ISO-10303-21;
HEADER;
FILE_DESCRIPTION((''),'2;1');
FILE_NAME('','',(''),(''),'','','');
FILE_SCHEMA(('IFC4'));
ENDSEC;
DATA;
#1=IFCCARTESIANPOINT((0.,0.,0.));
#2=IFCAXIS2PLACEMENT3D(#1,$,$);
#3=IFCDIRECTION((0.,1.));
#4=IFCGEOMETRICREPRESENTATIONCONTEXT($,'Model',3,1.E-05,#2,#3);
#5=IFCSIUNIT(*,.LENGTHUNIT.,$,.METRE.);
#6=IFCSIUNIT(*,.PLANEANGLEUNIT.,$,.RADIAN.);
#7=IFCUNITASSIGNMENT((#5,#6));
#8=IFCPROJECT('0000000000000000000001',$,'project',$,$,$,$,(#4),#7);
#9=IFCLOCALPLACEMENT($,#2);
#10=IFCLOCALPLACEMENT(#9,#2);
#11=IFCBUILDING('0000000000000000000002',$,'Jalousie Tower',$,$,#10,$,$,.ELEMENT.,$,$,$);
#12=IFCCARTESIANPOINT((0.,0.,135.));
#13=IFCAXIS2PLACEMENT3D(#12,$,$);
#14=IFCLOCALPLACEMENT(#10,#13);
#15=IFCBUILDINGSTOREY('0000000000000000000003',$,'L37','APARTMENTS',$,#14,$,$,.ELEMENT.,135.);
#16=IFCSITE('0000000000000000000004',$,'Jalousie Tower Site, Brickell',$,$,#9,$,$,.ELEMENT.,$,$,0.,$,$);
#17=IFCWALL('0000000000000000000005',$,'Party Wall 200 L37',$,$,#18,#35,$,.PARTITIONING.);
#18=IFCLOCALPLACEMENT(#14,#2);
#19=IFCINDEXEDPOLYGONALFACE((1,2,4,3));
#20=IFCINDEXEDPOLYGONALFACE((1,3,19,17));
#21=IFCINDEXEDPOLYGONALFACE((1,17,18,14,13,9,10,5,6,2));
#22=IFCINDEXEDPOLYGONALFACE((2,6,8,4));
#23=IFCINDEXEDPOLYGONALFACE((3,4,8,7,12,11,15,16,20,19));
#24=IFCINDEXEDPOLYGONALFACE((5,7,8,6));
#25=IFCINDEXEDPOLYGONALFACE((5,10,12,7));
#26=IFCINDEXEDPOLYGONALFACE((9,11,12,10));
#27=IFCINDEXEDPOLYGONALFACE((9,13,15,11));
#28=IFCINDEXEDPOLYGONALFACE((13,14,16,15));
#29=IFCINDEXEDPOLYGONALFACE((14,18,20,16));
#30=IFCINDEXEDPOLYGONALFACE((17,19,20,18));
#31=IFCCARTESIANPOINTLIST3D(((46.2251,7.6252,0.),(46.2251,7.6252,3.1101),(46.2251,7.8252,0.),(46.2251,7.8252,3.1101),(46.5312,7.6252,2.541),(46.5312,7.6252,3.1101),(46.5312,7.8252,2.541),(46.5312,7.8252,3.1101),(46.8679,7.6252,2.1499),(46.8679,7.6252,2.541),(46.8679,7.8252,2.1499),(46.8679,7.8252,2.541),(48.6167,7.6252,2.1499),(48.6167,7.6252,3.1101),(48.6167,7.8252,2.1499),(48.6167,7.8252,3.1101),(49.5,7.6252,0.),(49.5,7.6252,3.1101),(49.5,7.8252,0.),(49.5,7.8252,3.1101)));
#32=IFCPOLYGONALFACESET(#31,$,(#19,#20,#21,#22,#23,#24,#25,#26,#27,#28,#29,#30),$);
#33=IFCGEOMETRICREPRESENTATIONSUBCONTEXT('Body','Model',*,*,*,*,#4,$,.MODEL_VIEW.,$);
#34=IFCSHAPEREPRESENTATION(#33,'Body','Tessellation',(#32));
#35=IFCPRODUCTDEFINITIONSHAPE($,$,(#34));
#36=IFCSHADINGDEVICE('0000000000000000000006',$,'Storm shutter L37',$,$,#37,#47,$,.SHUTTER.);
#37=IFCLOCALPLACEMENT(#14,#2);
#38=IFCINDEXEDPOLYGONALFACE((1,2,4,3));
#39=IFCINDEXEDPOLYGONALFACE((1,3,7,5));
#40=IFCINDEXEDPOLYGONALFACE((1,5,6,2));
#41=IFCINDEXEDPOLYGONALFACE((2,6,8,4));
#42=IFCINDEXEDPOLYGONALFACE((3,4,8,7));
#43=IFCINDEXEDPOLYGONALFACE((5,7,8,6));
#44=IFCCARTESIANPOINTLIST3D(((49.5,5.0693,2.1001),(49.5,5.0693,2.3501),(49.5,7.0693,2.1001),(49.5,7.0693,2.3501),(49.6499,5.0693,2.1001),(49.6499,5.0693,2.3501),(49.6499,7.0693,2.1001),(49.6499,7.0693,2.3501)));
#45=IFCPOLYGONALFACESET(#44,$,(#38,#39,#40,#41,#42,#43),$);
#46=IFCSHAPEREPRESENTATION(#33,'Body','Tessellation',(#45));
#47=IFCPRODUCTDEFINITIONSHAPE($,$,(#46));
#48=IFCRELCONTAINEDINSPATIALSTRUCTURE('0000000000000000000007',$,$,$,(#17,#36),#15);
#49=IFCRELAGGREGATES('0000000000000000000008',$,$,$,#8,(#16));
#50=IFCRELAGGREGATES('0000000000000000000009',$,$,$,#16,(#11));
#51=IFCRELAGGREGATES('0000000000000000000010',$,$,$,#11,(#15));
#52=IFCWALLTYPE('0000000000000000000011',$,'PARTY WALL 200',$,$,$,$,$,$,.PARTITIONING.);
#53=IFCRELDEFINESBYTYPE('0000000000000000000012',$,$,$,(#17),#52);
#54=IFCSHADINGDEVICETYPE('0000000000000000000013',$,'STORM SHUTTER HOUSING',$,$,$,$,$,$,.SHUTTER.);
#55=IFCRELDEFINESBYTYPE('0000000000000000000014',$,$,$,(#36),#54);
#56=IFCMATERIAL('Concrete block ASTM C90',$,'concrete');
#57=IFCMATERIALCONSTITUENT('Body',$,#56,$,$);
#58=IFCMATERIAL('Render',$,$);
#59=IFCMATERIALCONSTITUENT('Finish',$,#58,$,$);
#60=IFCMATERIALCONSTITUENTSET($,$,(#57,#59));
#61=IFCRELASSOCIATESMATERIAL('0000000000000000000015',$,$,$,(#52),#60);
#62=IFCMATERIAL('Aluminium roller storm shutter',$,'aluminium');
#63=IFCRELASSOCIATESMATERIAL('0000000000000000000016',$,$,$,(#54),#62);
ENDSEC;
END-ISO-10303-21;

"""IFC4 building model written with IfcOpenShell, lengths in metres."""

from ifc_helpers import new_model, si_unit, direction, frame, origin, origin_2d, place, context, subcontext, project, spatial, polyline, rectangle, outline, extrude, material, constituent, constituent_set, type_object, element, save


model = new_model("IFC4")

# Units and contexts
model_context = context("Model", 3, precision=1e-05, world=origin(), true_north=direction((0.0, 1.0)))
body_context = subcontext(model_context, "Body", "Model", "MODEL_VIEW")
ifc_project = project(units=[si_unit("LENGTHUNIT", "METRE"), si_unit("PLANEANGLEUNIT", "RADIAN")], contexts=[model_context])

# Site, building, storey
site_placement = place(None, origin())
site = spatial("IfcSite", under=ifc_project, at=site_placement, Name="Jalousie Tower Site, Brickell", CompositionType="ELEMENT", RefElevation=0.0)
building_placement = place(site_placement, origin())
building = spatial("IfcBuilding", under=site, at=building_placement, Name="Jalousie Tower", CompositionType="ELEMENT")
storey_placement = place(building_placement, frame((0.0, 0.0, 135.0)))
storey = spatial("IfcBuildingStorey", under=building, at=storey_placement, Name="L37", Description="APARTMENTS", CompositionType="ELEMENT", Elevation=135.0)

# Wall
ifc_material_1 = material(Name="Concrete block ASTM C90", Category="concrete")
ifc_constituent_1 = constituent(ifc_material_1, Name="Body")
ifc_material_2 = material(Name="Render")
ifc_constituent_2 = constituent(ifc_material_2, Name="Finish")
ifc_constituent_set_1 = constituent_set(constituents=[ifc_constituent_1, ifc_constituent_2])
wall_type_1 = type_object("IfcWallType", Name="PARTY WALL 200", PredefinedType="PARTITIONING", material=ifc_constituent_set_1)
wall_1_placement = place(storey_placement, frame((46.2251, 7.7251, 0.0), z_axis=(0.0, 0.0, 1.0), x_axis=(1.0, 0.0, 0.0)))
element("IfcWall", 1, at=wall_1_placement, inside=storey, type_object=wall_type_1, Name="Party Wall 200 L37", PredefinedType="PARTITIONING", context=body_context, shape_type="SweptSolid", body=[
    extrude(outline(polyline([(0.0, 0.0), (3.2749, 0.0), (3.2749, 3.1101), (2.3916, 3.1101), (2.3916, 2.1499), (0.6428, 2.1499), (0.6428, 2.541), (0.3062, 2.541), (0.3062, 3.1101), (0.0, 3.1101), (0.0, 0.0)])), frame((0.0, 0.1001, 0.0), z_axis=(0.0, -1.0, 0.0), x_axis=(1.0, 0.0, 0.0)), (0.0, 0.0, 1.0), 0.2),
])

# Shading device
ifc_material_3 = material(Name="Aluminium roller storm shutter", Category="aluminium")
shading_device_type = type_object("IfcShadingDeviceType", Name="STORM SHUTTER HOUSING", PredefinedType="SHUTTER", material=ifc_material_3)
shading_device_placement = place(storey_placement, frame((49.575, 6.0693, 2.1001), z_axis=(0.0, 0.0, 1.0), x_axis=(0.0, 1.0, 0.0)))
element("IfcShadingDevice", 2, at=shading_device_placement, inside=storey, type_object=shading_device_type, Name="Storm shutter L37", PredefinedType="SHUTTER", context=body_context, shape_type="SweptSolid", body=[
    extrude(rectangle(XDim=2.0, YDim=0.1499, at=origin_2d()), origin(), (0.0, 0.0, 1.0), 0.25),
])

save(model, "model.ifc")
